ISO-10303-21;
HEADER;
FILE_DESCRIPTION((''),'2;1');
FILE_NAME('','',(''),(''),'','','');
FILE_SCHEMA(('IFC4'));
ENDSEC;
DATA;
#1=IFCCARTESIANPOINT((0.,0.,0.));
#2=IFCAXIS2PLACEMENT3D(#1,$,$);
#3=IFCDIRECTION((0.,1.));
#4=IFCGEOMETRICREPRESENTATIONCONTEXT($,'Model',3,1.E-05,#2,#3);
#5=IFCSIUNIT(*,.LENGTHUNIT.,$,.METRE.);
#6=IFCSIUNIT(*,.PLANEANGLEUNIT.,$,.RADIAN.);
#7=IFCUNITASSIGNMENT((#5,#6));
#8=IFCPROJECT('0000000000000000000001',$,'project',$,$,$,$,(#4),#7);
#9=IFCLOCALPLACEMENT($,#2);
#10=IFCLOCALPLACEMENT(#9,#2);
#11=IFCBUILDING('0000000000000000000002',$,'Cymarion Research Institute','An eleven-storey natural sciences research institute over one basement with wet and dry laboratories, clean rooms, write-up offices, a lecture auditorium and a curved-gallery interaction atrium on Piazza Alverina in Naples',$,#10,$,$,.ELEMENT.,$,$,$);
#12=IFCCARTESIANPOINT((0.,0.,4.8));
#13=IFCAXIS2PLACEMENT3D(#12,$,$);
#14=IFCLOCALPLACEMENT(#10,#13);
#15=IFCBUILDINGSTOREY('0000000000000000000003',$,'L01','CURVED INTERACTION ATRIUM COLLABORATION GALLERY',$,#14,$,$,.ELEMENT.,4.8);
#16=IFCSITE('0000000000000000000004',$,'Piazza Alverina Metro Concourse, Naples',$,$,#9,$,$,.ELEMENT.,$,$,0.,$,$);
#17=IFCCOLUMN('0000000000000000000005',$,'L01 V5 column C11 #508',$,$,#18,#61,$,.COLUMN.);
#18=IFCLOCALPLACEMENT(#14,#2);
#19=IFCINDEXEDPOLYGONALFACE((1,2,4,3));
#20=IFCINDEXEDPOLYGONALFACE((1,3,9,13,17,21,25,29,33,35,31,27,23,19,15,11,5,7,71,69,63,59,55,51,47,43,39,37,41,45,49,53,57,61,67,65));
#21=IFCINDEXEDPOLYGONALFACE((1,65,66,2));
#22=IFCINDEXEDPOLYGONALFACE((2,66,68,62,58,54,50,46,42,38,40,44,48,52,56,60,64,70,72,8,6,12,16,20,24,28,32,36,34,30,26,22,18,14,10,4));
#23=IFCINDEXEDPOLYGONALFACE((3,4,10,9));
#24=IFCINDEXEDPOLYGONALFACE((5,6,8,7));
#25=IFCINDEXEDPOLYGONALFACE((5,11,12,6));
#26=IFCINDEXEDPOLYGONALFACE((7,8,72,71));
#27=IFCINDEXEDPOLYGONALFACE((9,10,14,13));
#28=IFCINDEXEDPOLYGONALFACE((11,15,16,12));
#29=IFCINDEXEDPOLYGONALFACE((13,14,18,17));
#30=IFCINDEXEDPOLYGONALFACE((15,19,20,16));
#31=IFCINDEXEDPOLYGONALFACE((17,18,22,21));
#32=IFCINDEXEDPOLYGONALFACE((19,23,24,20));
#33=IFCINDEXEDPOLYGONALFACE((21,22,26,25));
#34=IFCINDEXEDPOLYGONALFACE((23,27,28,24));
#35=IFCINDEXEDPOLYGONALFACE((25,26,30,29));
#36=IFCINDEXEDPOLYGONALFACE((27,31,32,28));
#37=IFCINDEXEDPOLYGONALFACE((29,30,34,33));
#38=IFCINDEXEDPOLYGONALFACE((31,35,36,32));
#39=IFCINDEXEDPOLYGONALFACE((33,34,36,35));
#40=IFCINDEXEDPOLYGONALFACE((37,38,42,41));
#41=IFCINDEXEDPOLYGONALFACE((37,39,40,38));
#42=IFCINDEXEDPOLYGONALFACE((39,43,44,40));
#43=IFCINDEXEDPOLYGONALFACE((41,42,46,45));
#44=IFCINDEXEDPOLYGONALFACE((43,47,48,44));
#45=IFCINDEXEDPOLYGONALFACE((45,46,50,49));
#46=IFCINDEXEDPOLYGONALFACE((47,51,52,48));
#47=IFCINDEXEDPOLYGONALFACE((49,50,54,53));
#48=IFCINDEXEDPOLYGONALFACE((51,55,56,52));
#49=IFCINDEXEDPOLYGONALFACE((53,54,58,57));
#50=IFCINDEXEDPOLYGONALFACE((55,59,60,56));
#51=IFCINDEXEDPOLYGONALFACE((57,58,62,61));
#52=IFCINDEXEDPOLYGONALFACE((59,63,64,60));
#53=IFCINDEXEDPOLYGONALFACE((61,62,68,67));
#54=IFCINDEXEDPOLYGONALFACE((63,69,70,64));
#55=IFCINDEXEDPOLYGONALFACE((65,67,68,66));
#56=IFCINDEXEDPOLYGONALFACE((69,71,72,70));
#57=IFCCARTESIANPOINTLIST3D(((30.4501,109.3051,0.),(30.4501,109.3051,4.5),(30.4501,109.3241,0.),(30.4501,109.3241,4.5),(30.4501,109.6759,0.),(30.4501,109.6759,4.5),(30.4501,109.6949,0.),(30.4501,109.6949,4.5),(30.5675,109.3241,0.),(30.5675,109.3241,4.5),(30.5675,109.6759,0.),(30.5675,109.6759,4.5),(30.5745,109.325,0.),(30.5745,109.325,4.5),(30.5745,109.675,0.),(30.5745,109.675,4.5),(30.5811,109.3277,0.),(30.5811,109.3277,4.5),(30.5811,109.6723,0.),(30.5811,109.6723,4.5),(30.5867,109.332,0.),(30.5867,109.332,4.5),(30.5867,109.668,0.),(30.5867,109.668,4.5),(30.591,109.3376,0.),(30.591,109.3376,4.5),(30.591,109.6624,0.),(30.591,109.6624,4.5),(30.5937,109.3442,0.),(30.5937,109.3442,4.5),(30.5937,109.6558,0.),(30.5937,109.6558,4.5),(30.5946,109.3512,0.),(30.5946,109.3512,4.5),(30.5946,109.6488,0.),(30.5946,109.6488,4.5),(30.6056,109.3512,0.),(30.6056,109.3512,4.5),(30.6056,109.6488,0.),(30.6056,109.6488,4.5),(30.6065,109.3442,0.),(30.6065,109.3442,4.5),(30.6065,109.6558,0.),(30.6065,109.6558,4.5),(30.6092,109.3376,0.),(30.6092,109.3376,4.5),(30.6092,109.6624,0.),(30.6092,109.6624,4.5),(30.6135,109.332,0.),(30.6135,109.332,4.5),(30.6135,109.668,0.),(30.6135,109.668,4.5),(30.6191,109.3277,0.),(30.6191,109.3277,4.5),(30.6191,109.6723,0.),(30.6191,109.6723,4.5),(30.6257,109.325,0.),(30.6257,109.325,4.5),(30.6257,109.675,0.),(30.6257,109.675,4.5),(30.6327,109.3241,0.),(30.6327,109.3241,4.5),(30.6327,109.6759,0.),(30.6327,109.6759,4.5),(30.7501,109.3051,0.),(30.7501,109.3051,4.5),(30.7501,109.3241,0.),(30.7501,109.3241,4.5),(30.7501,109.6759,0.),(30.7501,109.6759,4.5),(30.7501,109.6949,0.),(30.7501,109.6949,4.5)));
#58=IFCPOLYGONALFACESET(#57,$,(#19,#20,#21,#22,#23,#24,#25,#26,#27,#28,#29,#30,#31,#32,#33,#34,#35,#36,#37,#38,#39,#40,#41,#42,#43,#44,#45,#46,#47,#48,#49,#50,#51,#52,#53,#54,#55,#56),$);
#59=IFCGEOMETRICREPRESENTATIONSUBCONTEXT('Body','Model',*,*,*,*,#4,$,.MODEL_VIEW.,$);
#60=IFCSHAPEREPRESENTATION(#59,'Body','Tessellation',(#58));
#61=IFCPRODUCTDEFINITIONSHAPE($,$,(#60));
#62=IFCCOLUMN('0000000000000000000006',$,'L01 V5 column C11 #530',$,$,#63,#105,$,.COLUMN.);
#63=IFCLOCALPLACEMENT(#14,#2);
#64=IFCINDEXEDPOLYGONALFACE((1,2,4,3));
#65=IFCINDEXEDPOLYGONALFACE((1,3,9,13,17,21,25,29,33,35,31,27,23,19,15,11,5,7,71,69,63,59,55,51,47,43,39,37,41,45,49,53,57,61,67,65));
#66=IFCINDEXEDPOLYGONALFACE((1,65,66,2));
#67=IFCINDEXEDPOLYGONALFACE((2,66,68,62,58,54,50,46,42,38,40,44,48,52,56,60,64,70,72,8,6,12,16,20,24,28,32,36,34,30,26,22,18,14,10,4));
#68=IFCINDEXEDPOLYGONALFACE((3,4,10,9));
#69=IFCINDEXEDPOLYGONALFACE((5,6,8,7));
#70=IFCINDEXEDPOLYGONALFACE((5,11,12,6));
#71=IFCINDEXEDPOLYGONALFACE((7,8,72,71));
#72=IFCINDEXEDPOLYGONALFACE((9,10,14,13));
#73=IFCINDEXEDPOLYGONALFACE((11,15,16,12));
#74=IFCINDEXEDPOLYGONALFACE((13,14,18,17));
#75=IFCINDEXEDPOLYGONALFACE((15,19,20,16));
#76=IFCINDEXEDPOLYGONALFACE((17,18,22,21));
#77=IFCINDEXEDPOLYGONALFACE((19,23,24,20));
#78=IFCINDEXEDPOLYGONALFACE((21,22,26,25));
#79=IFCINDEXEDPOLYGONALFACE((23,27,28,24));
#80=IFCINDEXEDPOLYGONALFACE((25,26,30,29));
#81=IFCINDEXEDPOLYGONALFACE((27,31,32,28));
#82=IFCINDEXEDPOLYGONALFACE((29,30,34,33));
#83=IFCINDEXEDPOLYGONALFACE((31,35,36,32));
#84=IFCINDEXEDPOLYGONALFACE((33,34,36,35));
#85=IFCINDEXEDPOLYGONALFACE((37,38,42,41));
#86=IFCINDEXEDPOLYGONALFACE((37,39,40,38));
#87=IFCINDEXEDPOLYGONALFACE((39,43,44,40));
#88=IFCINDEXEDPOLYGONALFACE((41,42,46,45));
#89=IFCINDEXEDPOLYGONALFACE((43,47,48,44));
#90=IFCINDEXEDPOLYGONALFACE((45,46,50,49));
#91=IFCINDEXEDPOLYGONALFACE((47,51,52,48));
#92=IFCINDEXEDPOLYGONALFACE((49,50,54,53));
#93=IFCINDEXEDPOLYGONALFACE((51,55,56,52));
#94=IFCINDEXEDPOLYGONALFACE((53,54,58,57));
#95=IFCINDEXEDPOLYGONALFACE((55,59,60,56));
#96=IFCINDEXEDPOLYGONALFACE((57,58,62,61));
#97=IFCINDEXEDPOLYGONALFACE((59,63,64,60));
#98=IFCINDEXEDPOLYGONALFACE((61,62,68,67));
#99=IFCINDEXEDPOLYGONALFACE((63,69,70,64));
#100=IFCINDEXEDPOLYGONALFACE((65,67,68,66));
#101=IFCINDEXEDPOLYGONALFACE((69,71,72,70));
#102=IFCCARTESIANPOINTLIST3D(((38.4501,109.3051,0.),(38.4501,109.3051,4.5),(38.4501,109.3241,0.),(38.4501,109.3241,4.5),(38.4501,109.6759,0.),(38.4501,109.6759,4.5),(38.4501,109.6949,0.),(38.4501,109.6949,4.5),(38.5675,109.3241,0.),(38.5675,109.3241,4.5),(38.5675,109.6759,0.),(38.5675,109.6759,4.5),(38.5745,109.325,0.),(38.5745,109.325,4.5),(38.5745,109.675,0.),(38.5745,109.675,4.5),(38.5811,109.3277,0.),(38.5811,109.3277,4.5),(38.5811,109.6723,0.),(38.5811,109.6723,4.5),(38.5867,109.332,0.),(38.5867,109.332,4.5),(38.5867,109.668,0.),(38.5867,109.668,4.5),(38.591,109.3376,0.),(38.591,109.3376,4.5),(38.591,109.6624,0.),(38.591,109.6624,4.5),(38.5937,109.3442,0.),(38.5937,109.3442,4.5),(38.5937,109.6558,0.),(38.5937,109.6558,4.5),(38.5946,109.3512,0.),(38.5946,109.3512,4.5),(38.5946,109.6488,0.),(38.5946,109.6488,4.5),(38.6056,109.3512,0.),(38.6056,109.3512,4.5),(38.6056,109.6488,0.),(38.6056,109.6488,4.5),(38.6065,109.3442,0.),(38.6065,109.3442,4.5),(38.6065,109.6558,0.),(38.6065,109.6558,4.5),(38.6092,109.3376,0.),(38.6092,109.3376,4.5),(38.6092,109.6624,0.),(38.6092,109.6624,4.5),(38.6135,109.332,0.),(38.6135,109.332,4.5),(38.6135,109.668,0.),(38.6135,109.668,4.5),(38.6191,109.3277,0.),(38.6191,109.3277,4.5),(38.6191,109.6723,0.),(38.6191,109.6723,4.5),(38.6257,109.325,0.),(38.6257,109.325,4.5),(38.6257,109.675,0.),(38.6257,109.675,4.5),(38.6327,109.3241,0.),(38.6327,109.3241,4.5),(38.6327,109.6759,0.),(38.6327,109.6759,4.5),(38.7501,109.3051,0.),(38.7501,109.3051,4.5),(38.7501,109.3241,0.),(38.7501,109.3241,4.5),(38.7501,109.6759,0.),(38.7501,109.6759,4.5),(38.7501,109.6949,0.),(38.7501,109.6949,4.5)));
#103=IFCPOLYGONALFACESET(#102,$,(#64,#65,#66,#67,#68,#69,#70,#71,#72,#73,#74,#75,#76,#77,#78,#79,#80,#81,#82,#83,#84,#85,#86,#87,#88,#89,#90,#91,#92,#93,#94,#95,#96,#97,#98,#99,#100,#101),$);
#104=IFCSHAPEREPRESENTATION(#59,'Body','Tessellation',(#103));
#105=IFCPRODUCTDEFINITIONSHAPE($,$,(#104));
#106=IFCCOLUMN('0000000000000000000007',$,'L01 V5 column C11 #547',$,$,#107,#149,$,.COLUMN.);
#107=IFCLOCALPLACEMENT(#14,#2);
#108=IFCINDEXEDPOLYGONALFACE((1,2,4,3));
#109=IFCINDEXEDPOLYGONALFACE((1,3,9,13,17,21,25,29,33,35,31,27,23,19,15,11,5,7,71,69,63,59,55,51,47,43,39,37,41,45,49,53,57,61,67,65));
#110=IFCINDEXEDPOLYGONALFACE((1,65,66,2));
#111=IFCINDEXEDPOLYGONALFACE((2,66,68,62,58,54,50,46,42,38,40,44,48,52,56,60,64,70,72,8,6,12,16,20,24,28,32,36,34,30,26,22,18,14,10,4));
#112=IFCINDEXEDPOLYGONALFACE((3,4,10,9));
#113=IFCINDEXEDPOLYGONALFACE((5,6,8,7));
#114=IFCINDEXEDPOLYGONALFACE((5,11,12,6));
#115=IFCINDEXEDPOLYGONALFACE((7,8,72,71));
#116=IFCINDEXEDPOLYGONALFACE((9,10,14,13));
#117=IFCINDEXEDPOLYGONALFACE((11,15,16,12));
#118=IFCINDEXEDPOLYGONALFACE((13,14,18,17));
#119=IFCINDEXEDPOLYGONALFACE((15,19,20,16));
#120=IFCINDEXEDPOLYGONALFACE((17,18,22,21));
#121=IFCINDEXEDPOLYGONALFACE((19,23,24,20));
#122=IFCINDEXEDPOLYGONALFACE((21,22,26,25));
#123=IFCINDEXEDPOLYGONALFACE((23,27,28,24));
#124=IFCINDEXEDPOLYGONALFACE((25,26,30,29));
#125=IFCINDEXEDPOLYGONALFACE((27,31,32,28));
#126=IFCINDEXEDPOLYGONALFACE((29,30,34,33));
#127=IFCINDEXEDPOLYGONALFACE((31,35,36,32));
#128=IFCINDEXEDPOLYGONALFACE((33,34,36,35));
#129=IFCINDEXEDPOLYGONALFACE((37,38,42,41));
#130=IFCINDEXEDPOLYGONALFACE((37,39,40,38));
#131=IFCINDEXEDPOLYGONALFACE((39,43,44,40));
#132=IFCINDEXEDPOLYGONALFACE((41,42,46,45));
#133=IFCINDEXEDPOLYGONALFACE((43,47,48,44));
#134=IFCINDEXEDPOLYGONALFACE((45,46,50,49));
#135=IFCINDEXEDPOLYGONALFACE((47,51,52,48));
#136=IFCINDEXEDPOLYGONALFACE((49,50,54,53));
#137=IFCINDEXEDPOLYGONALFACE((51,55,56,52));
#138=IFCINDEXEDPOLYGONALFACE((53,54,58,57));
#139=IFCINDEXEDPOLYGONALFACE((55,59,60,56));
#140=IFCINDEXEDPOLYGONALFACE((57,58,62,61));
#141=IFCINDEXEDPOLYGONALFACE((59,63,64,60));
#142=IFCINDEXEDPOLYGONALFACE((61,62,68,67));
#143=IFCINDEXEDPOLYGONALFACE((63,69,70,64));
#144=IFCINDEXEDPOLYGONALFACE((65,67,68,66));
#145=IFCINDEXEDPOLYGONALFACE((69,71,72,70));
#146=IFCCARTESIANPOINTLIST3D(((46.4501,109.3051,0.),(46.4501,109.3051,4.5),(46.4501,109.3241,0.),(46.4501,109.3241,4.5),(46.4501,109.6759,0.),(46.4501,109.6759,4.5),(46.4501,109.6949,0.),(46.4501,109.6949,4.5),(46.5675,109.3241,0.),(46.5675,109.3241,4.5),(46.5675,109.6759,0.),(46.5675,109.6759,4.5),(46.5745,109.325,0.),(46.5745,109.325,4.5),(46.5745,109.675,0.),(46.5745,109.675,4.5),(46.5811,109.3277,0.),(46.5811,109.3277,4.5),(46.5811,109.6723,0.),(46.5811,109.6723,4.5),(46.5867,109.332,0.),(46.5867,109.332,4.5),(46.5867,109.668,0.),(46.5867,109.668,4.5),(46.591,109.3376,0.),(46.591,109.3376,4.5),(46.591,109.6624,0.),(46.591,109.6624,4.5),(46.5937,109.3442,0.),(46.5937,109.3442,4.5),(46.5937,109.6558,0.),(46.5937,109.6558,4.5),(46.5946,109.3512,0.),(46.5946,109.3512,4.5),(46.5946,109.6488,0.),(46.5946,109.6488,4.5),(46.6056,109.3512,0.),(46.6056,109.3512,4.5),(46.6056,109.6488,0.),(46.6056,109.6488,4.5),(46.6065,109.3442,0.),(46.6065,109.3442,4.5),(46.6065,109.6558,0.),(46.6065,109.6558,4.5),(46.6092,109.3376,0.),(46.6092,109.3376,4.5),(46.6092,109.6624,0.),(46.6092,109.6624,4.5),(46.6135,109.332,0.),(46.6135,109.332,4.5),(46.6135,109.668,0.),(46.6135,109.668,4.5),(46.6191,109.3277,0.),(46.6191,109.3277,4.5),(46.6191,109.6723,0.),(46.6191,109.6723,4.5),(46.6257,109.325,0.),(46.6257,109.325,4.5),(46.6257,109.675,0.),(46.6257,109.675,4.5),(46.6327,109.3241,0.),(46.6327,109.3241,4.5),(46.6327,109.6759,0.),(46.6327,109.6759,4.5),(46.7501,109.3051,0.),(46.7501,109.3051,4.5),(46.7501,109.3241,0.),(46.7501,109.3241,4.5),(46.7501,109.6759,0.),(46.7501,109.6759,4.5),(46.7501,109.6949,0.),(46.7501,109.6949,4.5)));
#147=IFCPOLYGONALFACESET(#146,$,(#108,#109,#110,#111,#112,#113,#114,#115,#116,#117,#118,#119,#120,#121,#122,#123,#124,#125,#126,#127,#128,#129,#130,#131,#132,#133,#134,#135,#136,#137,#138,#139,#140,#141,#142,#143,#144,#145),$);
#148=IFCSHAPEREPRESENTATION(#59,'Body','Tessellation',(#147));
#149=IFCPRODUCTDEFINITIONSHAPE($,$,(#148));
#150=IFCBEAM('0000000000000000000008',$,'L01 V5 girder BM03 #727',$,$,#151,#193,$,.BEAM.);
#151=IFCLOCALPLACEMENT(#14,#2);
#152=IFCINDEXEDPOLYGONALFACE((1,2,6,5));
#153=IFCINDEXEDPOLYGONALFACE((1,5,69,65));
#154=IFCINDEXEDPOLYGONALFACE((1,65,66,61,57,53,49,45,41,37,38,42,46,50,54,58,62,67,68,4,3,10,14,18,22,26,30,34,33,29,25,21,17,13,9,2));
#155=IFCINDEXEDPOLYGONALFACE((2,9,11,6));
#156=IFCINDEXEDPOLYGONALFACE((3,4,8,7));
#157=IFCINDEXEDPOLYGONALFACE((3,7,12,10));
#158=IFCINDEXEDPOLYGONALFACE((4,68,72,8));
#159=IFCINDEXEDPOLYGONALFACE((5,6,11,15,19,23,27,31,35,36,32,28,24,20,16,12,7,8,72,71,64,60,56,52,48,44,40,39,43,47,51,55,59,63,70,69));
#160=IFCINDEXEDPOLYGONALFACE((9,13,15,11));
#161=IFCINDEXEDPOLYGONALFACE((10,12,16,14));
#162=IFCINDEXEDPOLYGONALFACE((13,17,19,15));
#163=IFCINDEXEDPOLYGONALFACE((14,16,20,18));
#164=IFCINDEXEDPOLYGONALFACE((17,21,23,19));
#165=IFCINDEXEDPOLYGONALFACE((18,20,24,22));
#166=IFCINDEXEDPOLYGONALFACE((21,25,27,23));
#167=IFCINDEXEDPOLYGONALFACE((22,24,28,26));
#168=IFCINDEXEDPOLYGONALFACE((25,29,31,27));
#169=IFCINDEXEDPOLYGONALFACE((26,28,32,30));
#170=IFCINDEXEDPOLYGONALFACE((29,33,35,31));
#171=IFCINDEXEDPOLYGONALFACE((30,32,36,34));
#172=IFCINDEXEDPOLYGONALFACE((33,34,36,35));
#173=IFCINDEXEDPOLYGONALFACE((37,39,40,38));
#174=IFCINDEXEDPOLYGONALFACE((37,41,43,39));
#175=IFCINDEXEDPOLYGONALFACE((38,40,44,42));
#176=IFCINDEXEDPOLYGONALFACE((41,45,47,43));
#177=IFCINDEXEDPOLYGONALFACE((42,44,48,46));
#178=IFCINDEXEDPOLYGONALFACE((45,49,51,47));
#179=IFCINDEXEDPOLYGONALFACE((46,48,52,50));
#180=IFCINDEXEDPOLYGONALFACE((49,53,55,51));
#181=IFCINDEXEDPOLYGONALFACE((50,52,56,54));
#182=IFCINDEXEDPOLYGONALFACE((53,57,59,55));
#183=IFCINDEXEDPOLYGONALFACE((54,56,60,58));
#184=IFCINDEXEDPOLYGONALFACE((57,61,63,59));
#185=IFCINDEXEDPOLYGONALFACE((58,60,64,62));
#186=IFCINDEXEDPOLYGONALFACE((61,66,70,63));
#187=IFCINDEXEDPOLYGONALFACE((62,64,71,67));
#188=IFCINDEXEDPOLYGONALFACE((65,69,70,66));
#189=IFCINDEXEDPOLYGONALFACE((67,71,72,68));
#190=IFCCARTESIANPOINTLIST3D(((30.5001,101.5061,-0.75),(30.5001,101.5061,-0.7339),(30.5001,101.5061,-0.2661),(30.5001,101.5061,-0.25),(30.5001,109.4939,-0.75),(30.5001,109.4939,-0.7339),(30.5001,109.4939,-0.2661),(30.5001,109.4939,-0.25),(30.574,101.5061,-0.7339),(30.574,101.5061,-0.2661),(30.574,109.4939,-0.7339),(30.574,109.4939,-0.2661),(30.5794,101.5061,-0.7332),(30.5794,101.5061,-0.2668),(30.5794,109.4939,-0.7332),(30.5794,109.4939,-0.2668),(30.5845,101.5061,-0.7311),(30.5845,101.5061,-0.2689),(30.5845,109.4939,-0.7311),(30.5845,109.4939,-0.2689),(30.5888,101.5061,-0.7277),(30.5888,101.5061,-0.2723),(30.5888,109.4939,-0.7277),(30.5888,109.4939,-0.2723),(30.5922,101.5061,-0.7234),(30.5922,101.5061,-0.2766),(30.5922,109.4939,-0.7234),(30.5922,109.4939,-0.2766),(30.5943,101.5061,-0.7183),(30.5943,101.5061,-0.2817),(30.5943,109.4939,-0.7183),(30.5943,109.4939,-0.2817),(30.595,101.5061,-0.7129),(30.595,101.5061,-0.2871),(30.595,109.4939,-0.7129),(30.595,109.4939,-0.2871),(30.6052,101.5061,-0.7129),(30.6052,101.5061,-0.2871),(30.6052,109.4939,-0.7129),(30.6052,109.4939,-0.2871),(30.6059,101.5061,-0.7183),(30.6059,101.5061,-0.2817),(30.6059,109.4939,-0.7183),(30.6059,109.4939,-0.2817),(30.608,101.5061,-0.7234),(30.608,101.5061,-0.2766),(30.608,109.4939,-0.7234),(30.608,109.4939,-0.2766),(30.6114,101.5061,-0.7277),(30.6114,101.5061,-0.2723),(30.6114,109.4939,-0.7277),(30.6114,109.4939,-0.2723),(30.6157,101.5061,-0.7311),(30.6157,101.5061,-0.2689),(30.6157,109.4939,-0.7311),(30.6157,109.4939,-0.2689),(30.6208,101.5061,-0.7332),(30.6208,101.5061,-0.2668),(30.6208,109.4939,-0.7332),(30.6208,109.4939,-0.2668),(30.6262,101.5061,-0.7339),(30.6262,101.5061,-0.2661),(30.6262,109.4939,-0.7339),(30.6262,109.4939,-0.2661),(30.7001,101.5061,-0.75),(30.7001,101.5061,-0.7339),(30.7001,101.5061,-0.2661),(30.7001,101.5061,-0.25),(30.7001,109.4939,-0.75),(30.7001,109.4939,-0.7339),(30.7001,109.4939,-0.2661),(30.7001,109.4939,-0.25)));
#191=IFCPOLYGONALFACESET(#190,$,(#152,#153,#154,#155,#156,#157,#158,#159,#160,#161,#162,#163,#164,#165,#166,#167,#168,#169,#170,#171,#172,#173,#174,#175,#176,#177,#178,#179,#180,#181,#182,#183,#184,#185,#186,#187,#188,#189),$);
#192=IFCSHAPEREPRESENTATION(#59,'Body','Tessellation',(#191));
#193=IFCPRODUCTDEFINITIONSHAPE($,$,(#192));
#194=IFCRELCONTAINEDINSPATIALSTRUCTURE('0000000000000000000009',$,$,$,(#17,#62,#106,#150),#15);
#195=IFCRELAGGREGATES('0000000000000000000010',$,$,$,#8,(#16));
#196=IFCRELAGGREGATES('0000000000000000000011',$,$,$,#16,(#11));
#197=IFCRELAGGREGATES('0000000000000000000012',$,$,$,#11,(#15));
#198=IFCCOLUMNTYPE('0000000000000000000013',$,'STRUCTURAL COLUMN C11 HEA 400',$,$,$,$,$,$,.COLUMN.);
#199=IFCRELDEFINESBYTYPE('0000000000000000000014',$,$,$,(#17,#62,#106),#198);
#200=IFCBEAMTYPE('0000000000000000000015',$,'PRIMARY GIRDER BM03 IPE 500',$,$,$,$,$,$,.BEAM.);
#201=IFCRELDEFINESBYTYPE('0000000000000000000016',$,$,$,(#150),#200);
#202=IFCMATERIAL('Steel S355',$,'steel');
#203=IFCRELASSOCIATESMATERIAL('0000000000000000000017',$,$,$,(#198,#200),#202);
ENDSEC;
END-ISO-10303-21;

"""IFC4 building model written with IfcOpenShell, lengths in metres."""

from ifc_helpers import new_model, si_unit, direction, frame, origin, origin_2d, place, context, subcontext, project, spatial, i_section, extrude, material, material_profile, profile_set, type_object, element, save


model = new_model("IFC4")

# Units and contexts
model_context = context("Model", 3, precision=1e-05, world=origin(), true_north=direction((0.0, 1.0)))
body_context = subcontext(model_context, "Body", "Model", "MODEL_VIEW")
ifc_project = project(units=[si_unit("LENGTHUNIT", "METRE"), si_unit("PLANEANGLEUNIT", "RADIAN")], contexts=[model_context])

# Site, building, storey
site_placement = place(None, origin())
site = spatial("IfcSite", under=ifc_project, at=site_placement, Name="Piazza Alverina Metro Concourse, Naples", CompositionType="ELEMENT", RefElevation=0.0)
building_placement = place(site_placement, origin())
building = spatial("IfcBuilding", under=site, at=building_placement, Name="Cymarion Research Institute", Description="An eleven-storey natural sciences research institute over one basement with wet and dry laboratories, clean rooms, write-up offices, a lecture auditorium and a curved-gallery interaction atrium on Piazza Alverina in Naples", CompositionType="ELEMENT")
storey_placement = place(building_placement, frame((0.0, 0.0, 4.8)))
storey = spatial("IfcBuildingStorey", under=building, at=storey_placement, Name="L01", Description="CURVED INTERACTION ATRIUM COLLABORATION GALLERY", CompositionType="ELEMENT", Elevation=4.8)

# Columns
ifc_material_1 = material(Name="Steel S355", Category="steel")
ifc_material_profile_1 = material_profile(ifc_material_1, i_section(OverallWidth=0.3, OverallDepth=0.3899, WebThickness=0.011, FlangeThickness=0.019, FilletRadius=0.0271, at=origin_2d()), Name="HEA 400")
ifc_profile_set_1 = profile_set([ifc_material_profile_1], Name="Steel S355")
column_type = type_object("IfcColumnType", Name="STRUCTURAL COLUMN C11 HEA 400", PredefinedType="COLUMN", material=ifc_profile_set_1)
for number, where, z_axis, x_axis, name in (
    (1, (30.6001, 109.5, 0.0), (0.0, 0.0, 1.0), (1.0, 0.0, 0.0), "L01 V5 column C11 #508"),
    (2, (38.6001, 109.5, 0.0), (0.0, 0.0, 1.0), (1.0, 0.0, 0.0), "L01 V5 column C11 #530"),
    (3, (46.6001, 109.5, 0.0), (0.0, 0.0, 1.0), (1.0, 0.0, 0.0), "L01 V5 column C11 #547"),
):
    element("IfcColumn", number, at=place(storey_placement, frame(where, z_axis=z_axis, x_axis=x_axis)), inside=storey, type_object=column_type, Name=name, PredefinedType="COLUMN", context=body_context, shape_type="SweptSolid", body=[
        extrude(i_section(OverallWidth=0.3, OverallDepth=0.3899, WebThickness=0.011, FlangeThickness=0.019, FilletRadius=0.0271, at=origin_2d()), origin(), (0.0, 0.0, 1.0), 4.5),
    ])

# Beam
ifc_material_profile_2 = material_profile(ifc_material_1, i_section(OverallWidth=0.2, OverallDepth=0.5, WebThickness=0.0103, FlangeThickness=0.0161, FilletRadius=0.021, at=origin_2d()), Name="IPE 500")
ifc_profile_set_2 = profile_set([ifc_material_profile_2], Name="Steel S355")
beam_type_1 = type_object("IfcBeamType", Name="PRIMARY GIRDER BM03 IPE 500", PredefinedType="BEAM", material=ifc_profile_set_2)
for number, where, z_axis, x_axis, name in (
    (4, (30.6001, 101.5061, -0.5), (0.0, 1.0, 0.0), (-1.0, 0.0, 0.0), "L01 V5 girder BM03 #727"),
):
    element("IfcBeam", number, at=place(storey_placement, frame(where, z_axis=z_axis, x_axis=x_axis)), inside=storey, type_object=beam_type_1, Name=name, PredefinedType="BEAM", context=body_context, shape_type="SweptSolid", body=[
        extrude(i_section(OverallWidth=0.2, OverallDepth=0.5, WebThickness=0.0103, FlangeThickness=0.0161, FilletRadius=0.021, at=origin_2d()), origin(), (0.0, 0.0, 1.0), 7.9878),
    ])

save(model, "model.ifc")
